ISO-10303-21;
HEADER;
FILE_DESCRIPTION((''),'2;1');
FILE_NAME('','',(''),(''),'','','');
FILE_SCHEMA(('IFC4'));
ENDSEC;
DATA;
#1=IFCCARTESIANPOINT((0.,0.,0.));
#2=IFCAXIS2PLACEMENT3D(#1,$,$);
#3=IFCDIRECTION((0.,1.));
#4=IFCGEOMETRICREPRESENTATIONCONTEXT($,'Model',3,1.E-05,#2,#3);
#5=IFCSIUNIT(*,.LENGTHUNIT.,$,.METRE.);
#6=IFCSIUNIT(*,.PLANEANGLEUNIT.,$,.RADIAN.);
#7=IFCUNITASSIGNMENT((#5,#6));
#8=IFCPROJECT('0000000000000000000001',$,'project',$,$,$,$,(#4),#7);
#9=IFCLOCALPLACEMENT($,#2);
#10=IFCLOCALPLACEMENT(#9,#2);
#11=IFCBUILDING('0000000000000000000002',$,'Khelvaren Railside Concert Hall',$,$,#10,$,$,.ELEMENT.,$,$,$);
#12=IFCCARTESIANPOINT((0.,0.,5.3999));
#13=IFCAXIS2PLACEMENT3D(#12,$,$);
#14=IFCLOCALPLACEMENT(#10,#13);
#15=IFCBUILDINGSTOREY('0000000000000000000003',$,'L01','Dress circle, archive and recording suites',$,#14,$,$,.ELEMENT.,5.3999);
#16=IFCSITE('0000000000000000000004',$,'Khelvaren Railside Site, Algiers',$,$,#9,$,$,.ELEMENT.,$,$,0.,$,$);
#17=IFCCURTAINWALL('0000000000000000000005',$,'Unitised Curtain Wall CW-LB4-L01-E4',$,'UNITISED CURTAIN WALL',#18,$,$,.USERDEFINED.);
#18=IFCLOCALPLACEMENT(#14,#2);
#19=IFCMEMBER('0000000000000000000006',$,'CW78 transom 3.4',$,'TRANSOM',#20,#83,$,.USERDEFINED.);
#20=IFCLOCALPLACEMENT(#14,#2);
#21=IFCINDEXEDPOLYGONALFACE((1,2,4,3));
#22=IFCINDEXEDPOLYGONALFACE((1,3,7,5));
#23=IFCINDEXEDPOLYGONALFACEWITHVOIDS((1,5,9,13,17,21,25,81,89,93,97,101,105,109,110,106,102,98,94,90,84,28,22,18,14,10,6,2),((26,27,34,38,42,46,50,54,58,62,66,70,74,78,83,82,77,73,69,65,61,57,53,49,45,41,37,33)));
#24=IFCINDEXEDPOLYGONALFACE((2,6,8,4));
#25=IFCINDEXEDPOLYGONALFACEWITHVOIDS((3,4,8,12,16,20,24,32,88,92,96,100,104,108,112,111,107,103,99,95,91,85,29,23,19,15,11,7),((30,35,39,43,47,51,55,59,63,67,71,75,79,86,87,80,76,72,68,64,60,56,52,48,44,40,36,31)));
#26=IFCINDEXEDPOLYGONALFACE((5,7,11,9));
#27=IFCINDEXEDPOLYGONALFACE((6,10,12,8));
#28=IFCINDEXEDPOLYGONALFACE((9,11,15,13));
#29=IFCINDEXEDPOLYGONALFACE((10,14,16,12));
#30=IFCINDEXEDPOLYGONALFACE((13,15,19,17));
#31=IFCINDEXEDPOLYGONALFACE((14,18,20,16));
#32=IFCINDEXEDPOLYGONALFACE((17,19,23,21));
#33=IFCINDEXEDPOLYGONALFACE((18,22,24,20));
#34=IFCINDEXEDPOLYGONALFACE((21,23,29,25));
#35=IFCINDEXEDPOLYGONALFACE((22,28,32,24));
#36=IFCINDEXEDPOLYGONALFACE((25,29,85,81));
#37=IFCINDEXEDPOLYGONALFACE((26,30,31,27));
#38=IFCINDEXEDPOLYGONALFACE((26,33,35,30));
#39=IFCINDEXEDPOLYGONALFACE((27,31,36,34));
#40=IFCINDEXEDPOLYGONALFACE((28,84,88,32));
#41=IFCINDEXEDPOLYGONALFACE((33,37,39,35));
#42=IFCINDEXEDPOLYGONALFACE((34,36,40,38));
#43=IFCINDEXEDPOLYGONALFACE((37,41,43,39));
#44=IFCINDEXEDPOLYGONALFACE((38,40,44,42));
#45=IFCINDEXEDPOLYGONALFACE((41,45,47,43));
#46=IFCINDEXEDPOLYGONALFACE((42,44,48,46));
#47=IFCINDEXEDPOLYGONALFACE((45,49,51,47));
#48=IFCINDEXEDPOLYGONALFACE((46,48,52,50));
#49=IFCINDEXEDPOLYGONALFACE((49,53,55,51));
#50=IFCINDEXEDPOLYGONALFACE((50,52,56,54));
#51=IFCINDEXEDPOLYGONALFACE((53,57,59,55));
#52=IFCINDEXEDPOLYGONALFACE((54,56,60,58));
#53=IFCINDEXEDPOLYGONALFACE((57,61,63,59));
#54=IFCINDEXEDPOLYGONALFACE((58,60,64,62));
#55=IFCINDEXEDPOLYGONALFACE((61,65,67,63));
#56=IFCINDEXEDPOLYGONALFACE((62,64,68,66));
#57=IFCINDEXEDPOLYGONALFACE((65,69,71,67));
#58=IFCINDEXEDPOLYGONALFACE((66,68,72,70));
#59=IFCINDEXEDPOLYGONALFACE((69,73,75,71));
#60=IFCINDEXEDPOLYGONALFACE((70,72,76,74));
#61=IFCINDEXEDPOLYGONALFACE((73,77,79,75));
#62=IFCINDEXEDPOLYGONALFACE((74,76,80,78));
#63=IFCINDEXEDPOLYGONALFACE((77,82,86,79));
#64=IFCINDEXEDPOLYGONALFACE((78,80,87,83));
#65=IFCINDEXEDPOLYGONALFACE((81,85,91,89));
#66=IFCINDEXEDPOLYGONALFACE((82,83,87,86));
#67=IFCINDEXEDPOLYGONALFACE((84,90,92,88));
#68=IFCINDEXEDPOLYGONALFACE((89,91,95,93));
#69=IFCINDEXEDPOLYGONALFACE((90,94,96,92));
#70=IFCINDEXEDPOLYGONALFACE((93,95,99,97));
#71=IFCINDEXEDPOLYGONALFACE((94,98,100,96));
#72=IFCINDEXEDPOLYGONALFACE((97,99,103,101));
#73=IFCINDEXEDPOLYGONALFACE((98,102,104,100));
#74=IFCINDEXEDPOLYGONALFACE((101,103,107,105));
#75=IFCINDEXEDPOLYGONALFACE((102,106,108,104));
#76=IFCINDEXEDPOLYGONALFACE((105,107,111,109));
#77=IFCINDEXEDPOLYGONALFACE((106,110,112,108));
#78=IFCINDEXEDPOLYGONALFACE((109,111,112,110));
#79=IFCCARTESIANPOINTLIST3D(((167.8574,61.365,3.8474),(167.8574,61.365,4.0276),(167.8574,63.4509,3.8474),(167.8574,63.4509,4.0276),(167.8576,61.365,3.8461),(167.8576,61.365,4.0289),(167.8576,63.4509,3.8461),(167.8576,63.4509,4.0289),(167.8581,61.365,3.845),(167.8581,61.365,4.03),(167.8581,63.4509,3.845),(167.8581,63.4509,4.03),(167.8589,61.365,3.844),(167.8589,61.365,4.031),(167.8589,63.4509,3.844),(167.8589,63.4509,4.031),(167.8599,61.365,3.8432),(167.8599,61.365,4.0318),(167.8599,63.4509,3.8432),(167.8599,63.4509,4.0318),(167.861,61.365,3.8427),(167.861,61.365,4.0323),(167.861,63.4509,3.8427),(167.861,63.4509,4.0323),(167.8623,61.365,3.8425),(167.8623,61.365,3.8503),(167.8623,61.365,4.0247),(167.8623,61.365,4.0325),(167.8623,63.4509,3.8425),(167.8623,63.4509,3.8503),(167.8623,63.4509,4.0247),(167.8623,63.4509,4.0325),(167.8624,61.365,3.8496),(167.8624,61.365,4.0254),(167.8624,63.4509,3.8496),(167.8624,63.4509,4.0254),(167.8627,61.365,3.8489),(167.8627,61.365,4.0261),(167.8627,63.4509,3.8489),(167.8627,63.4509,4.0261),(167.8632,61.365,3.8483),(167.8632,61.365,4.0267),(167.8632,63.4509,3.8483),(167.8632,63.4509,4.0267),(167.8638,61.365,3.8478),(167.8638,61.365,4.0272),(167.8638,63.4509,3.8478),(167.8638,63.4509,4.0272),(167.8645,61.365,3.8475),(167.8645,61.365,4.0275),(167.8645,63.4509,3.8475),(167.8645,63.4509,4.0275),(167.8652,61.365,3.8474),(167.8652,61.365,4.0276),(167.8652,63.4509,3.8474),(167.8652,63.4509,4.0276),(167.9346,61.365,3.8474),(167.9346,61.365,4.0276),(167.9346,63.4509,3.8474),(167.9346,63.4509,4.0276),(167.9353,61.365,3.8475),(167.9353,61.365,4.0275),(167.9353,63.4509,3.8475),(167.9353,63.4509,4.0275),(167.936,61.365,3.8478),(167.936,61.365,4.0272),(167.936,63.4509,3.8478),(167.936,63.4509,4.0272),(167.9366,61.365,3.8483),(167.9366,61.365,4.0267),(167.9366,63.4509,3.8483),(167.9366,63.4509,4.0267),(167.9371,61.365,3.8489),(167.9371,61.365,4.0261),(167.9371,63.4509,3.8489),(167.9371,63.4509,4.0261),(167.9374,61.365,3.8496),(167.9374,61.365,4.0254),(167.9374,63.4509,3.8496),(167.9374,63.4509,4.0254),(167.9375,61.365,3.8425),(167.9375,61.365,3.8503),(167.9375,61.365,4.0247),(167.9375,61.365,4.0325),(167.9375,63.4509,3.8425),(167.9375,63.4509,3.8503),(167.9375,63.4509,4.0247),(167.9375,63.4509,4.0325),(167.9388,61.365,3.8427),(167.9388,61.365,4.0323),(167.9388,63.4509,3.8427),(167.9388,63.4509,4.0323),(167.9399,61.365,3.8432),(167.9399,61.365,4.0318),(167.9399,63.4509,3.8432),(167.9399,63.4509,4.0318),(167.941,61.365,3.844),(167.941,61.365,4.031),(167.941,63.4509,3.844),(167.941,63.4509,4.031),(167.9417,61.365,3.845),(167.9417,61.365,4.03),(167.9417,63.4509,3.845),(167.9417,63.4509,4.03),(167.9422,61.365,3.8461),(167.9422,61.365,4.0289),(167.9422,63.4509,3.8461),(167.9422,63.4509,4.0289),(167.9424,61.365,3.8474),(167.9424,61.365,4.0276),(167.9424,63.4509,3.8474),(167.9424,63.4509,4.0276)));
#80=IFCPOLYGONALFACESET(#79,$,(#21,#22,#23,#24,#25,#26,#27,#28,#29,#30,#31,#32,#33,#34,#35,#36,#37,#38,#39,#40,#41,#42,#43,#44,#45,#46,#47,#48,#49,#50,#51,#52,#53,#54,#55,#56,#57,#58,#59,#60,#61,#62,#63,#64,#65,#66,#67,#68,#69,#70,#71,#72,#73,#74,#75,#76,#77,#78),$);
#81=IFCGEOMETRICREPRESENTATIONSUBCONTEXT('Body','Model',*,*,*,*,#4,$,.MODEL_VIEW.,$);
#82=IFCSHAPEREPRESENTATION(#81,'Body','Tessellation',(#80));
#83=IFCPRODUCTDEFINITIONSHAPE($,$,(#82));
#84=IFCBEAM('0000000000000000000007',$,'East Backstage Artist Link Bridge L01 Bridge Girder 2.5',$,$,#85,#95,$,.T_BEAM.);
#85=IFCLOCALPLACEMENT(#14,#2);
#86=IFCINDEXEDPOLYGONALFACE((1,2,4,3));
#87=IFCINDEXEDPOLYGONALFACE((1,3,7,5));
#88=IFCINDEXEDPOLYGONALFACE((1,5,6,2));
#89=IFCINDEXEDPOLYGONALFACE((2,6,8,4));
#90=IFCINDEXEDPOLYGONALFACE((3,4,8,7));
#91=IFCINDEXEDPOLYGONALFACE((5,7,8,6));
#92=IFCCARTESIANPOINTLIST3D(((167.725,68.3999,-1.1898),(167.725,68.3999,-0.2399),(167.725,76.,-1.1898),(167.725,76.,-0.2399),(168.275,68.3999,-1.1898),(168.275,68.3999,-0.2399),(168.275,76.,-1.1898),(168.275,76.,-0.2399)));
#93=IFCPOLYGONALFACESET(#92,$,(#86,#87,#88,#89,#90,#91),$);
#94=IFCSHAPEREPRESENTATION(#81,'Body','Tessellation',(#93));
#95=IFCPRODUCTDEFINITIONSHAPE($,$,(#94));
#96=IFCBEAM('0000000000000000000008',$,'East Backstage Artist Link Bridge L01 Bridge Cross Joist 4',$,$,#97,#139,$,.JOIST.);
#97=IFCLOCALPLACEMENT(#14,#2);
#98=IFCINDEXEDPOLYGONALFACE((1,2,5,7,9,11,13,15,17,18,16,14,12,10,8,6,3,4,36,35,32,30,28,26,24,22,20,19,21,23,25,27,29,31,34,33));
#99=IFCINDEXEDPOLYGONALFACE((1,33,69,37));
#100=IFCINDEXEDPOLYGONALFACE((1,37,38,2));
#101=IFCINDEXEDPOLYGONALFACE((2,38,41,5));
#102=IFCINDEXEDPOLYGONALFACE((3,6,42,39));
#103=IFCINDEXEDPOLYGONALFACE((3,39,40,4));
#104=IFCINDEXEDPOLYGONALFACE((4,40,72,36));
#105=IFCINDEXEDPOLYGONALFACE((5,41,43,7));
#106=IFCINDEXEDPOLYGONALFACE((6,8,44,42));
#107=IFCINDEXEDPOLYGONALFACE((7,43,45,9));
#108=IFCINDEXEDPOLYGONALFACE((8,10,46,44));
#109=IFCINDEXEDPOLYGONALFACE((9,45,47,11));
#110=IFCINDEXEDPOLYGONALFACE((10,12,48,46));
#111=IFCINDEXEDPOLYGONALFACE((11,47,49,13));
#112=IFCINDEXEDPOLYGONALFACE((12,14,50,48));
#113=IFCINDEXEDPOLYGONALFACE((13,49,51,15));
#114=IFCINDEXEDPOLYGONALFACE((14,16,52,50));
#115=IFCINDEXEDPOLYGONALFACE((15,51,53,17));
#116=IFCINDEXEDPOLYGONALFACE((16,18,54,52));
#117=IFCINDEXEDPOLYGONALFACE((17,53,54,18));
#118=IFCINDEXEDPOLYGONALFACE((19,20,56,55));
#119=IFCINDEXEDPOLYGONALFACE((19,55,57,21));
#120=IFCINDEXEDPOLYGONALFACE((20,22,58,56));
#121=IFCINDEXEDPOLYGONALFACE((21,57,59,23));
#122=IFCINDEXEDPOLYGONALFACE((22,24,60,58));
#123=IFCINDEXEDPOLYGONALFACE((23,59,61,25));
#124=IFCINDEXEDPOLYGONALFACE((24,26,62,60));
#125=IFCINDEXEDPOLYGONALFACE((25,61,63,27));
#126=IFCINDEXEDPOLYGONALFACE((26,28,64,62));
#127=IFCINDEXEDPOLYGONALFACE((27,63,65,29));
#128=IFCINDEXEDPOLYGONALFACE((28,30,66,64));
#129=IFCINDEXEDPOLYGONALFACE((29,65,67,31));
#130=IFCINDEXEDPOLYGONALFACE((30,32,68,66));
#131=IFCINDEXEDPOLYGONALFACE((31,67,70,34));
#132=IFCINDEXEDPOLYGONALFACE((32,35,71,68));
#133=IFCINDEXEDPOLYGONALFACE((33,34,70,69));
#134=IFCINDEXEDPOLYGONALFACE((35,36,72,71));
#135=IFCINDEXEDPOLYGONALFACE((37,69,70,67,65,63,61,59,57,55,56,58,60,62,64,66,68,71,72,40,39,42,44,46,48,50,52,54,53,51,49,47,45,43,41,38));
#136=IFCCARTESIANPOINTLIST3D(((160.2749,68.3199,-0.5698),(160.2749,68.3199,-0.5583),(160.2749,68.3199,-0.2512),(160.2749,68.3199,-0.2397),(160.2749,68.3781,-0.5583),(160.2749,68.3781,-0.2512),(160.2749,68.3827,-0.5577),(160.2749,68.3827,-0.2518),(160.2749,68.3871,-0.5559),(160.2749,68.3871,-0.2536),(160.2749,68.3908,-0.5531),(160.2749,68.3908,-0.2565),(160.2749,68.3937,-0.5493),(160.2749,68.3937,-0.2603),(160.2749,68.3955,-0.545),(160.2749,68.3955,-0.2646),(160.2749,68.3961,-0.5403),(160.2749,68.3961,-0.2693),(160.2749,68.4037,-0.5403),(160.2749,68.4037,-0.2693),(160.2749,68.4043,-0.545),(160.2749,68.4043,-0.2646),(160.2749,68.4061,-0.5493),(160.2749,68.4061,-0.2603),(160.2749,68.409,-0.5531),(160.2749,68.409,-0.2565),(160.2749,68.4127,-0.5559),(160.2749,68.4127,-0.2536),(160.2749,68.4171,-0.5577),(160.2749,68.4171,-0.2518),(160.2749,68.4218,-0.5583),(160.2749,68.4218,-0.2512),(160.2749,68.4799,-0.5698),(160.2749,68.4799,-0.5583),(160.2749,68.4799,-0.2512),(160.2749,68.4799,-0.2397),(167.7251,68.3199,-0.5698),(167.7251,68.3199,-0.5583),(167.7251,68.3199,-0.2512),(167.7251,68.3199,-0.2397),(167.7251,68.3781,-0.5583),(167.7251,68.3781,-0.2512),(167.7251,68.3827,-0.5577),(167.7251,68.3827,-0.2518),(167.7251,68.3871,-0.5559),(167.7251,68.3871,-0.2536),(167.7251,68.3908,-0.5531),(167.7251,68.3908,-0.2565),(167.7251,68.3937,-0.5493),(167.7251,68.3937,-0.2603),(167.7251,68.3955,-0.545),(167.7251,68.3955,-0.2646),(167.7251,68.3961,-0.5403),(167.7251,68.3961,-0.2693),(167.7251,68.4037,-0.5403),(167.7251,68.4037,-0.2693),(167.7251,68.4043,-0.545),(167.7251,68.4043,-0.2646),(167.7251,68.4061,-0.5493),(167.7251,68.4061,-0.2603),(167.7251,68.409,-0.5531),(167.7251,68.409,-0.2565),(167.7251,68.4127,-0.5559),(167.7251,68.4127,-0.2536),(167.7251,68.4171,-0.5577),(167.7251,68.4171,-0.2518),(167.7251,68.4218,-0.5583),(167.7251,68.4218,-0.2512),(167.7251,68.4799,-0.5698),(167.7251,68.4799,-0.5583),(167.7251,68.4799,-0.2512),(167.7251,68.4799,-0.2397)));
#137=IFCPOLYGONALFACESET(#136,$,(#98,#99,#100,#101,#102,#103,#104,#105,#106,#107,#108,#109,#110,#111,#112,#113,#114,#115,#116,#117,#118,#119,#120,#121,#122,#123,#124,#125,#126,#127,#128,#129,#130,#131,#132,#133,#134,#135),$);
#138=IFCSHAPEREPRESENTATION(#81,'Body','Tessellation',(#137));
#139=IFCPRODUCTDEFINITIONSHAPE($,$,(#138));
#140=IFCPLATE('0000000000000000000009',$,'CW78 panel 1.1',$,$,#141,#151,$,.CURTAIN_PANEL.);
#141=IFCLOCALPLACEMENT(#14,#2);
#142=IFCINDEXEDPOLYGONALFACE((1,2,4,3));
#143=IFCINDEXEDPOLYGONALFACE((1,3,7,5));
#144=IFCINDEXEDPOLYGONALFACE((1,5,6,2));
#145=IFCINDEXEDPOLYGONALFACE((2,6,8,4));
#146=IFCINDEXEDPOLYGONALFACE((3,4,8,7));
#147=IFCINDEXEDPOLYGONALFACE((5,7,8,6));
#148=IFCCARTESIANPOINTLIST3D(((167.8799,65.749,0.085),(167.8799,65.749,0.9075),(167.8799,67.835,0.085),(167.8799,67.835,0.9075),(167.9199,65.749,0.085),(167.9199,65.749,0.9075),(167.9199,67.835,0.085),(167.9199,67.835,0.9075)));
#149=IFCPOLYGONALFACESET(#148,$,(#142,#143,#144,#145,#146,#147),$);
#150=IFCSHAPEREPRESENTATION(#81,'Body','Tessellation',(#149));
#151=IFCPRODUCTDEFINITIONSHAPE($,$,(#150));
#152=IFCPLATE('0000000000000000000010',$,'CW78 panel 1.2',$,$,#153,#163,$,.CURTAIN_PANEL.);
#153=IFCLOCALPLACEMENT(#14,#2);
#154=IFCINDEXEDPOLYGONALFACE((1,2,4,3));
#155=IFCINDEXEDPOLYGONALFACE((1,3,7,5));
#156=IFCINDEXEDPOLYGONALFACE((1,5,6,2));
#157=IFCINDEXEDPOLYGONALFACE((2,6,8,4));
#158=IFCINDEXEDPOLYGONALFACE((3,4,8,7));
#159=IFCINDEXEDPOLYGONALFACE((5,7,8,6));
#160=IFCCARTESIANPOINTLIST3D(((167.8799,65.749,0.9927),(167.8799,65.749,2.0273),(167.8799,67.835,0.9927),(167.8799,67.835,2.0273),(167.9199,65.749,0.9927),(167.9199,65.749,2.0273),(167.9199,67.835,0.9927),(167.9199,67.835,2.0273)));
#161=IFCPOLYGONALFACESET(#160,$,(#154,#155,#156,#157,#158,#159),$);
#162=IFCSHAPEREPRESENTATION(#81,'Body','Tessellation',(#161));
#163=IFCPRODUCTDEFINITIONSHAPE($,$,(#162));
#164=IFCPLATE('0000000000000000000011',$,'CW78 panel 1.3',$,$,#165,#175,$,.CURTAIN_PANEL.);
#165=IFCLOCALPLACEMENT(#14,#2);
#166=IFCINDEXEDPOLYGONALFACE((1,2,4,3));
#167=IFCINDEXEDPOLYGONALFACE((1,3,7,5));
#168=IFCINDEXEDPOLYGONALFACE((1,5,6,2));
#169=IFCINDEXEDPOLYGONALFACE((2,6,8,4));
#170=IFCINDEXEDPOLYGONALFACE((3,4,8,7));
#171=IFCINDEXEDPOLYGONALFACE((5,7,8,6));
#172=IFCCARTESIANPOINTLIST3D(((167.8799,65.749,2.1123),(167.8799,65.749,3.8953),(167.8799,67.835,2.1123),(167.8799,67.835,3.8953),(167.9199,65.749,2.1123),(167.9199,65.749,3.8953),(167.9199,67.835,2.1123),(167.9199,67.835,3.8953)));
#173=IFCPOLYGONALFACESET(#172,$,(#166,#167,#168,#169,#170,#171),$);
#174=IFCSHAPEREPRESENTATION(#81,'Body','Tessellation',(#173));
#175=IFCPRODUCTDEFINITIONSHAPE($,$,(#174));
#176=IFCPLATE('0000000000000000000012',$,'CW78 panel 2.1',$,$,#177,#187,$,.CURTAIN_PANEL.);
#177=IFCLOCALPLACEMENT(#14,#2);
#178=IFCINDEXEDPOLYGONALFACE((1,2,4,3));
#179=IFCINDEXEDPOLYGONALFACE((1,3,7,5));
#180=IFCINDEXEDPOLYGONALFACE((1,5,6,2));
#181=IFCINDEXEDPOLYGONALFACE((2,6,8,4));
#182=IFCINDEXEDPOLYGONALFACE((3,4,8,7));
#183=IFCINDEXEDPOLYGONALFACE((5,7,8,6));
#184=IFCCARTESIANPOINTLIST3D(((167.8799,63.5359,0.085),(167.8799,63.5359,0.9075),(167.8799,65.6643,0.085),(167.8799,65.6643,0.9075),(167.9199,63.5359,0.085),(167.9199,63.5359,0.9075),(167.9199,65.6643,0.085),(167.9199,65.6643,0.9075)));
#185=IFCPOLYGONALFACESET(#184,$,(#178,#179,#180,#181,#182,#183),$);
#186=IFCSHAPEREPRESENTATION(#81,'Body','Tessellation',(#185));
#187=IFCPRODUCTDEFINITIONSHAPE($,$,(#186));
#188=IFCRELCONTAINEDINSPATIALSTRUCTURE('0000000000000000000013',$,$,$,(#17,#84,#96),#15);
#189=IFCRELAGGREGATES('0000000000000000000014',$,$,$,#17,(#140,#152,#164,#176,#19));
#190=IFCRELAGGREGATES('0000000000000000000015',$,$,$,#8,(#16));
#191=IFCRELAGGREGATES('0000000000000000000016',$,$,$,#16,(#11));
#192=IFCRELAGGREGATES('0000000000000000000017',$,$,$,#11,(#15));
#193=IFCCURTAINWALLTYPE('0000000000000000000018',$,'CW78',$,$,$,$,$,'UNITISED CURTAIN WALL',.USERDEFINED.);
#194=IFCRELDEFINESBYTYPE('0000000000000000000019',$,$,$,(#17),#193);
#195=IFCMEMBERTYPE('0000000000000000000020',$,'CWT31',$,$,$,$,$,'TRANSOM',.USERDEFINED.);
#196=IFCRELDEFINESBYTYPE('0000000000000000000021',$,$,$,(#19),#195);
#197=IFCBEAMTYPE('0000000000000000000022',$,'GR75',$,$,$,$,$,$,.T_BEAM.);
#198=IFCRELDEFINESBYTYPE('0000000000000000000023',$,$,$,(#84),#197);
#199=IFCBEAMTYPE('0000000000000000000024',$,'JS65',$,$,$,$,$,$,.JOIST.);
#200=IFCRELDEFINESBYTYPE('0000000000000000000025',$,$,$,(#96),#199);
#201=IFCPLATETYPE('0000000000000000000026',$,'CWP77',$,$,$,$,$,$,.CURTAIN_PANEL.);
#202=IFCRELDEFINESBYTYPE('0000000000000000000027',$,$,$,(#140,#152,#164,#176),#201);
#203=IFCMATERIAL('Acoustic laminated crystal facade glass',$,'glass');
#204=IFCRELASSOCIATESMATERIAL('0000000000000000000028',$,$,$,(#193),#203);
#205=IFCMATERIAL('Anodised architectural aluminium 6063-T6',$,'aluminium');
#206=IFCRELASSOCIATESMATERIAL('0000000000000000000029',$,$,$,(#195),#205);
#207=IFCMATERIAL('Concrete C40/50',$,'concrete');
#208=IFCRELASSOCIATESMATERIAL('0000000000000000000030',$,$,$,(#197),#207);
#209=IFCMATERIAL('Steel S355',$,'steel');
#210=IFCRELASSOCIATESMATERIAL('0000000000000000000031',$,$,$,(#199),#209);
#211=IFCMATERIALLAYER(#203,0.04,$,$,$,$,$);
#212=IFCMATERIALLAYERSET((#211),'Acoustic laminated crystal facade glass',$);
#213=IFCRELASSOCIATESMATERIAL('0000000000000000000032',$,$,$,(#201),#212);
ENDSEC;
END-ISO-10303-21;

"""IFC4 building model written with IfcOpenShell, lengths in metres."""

from ifc_helpers import new_model, si_unit, direction, frame, origin, origin_2d, place, context, subcontext, project, spatial, rectangle, hollow_rectangle, i_section, extrude, material, layer, layer_set, material_profile, profile_set, type_object, element, aggregate, save


model = new_model("IFC4")

# Units and contexts
model_context = context("Model", 3, precision=1e-05, world=origin(), true_north=direction((0.0, 1.0)))
body_context = subcontext(model_context, "Body", "Model", "MODEL_VIEW")
ifc_project = project(units=[si_unit("LENGTHUNIT", "METRE"), si_unit("PLANEANGLEUNIT", "RADIAN")], contexts=[model_context])

# Site, building, storey
site_placement = place(None, origin())
site = spatial("IfcSite", under=ifc_project, at=site_placement, Name="Khelvaren Railside Site, Algiers", CompositionType="ELEMENT", RefElevation=0.0)
building_placement = place(site_placement, origin())
building = spatial("IfcBuilding", under=site, at=building_placement, Name="Khelvaren Railside Concert Hall", CompositionType="ELEMENT")
storey_placement = place(building_placement, frame((0.0, 0.0, 5.3999)))
storey = spatial("IfcBuildingStorey", under=building, at=storey_placement, Name="L01", Description="Dress circle, archive and recording suites", CompositionType="ELEMENT", Elevation=5.3999)

# Shared definitions
ifc_material_1 = material(Name="Steel S355", Category="steel")

# Curtain wall
ifc_material_2 = material(Name="Acoustic laminated crystal facade glass", Category="glass")
curtain_wall_type = type_object("IfcCurtainWallType", Name="CW78", ElementType="UNITISED CURTAIN WALL", PredefinedType="USERDEFINED", material=ifc_material_2)
curtain_wall_1_placement = place(storey_placement, origin())
curtain_wall_1 = element("IfcCurtainWall", 1, at=curtain_wall_1_placement, inside=storey, type_object=curtain_wall_type, Name="Unitised Curtain Wall CW-LB4-L01-E4", ObjectType="UNITISED CURTAIN WALL", PredefinedType="USERDEFINED")
ifc_material_3 = material(Name="Anodised architectural aluminium 6063-T6", Category="aluminium")

# Member
ifc_material_profile_1 = material_profile(ifc_material_3, hollow_rectangle(XDim=0.085, YDim=0.1899, WallThickness=0.0049, InnerFilletRadius=0.0029, OuterFilletRadius=0.0049, at=origin_2d()), Name="CWT 85x190x5")
ifc_profile_set_1 = profile_set([ifc_material_profile_1], Name="Anodised architectural aluminium 6063-T6")
member_type_1 = type_object("IfcMemberType", Name="CWT31", ElementType="TRANSOM", PredefinedType="USERDEFINED", material=ifc_profile_set_1)
member_1_placement = place(storey_placement, frame((167.8999, 63.4509, 3.9375), z_axis=(0.0, -1.0, 0.0), x_axis=(1.0, 0.0, 0.0)))
member_1 = element("IfcMember", 2, at=member_1_placement, type_object=member_type_1, Name="CW78 transom 3.4", ObjectType="TRANSOM", PredefinedType="USERDEFINED", context=body_context, shape_type="SweptSolid", body=[
    extrude(hollow_rectangle(XDim=0.085, YDim=0.1899, WallThickness=0.0049, InnerFilletRadius=0.0029, OuterFilletRadius=0.0049, at=origin_2d()), origin(), (0.0, 0.0, 1.0), 2.0859),
])

# Beams
ifc_material_4 = material(Name="Concrete C40/50", Category="concrete")
ifc_material_profile_2 = material_profile(ifc_material_4, rectangle(XDim=0.55, YDim=0.95, at=origin_2d()), Name="RCB 550x950")
ifc_profile_set_2 = profile_set([ifc_material_profile_2], Name="Concrete C40/50")
beam_type_1 = type_object("IfcBeamType", Name="GR75", PredefinedType="T_BEAM", material=ifc_profile_set_2)
beam_1_placement = place(storey_placement, frame((168.0, 68.3999, -0.7148), z_axis=(0.0, 1.0, 0.0), x_axis=(-1.0, 0.0, 0.0)))
element("IfcBeam", 3, at=beam_1_placement, inside=storey, type_object=beam_type_1, Name="East Backstage Artist Link Bridge L01 Bridge Girder 2.5", PredefinedType="T_BEAM", context=body_context, shape_type="SweptSolid", body=[
    extrude(rectangle(XDim=0.55, YDim=0.95, at=origin_2d()), origin(), (0.0, 0.0, 1.0), 7.6001),
])
ifc_material_profile_3 = material_profile(ifc_material_1, i_section(OverallWidth=0.1599, OverallDepth=0.3301, WebThickness=0.0076, FlangeThickness=0.0115, FilletRadius=0.0181, at=origin_2d()), Name="IPE 330")
ifc_profile_set_3 = profile_set([ifc_material_profile_3], Name="Steel S355")
beam_type_2 = type_object("IfcBeamType", Name="JS65", PredefinedType="JOIST", material=ifc_profile_set_3)
beam_2_placement = place(storey_placement, frame((160.2749, 68.3999, -0.4048), z_axis=(1.0, 0.0, 0.0), x_axis=(0.0, 1.0, 0.0)))
element("IfcBeam", 4, at=beam_2_placement, inside=storey, type_object=beam_type_2, Name="East Backstage Artist Link Bridge L01 Bridge Cross Joist 4", PredefinedType="JOIST", context=body_context, shape_type="SweptSolid", body=[
    extrude(i_section(OverallWidth=0.1599, OverallDepth=0.3301, WebThickness=0.0076, FlangeThickness=0.0115, FilletRadius=0.0181, at=origin_2d()), origin(), (0.0, 0.0, 1.0), 7.4502),
])

# Plates
ifc_layer = layer(ifc_material_2, 0.04)
ifc_layer_set = layer_set([ifc_layer], Name="Acoustic laminated crystal facade glass")
plate_type = type_object("IfcPlateType", Name="CWP77", PredefinedType="CURTAIN_PANEL", material=ifc_layer_set)
plate_1_placement = place(storey_placement, frame((167.8999, 66.792, 0.085), z_axis=(0.0, 0.0, 1.0), x_axis=(0.0, -1.0, 0.0)))
plate_1 = element("IfcPlate", 5, at=plate_1_placement, type_object=plate_type, Name="CW78 panel 1.1", PredefinedType="CURTAIN_PANEL", context=body_context, shape_type="SweptSolid", body=[
    extrude(rectangle(XDim=2.0859, YDim=0.04, at=origin_2d()), origin(), (0.0, 0.0, 1.0), 0.8225),
])
plate_2_placement = place(storey_placement, frame((167.8999, 66.792, 0.9927), z_axis=(0.0, 0.0, 1.0), x_axis=(0.0, -1.0, 0.0)))
plate_2 = element("IfcPlate", 6, at=plate_2_placement, type_object=plate_type, Name="CW78 panel 1.2", PredefinedType="CURTAIN_PANEL", context=body_context, shape_type="SweptSolid", body=[
    extrude(rectangle(XDim=2.0859, YDim=0.04, at=origin_2d()), origin(), (0.0, 0.0, 1.0), 1.0347),
])
plate_3_placement = place(storey_placement, frame((167.8999, 66.792, 2.1123), z_axis=(0.0, 0.0, 1.0), x_axis=(0.0, -1.0, 0.0)))
plate_3 = element("IfcPlate", 7, at=plate_3_placement, type_object=plate_type, Name="CW78 panel 1.3", PredefinedType="CURTAIN_PANEL", context=body_context, shape_type="SweptSolid", body=[
    extrude(rectangle(XDim=2.0859, YDim=0.04, at=origin_2d()), origin(), (0.0, 0.0, 1.0), 1.783),
])
plate_4_placement = place(storey_placement, frame((167.8999, 64.6001, 0.085), z_axis=(0.0, 0.0, 1.0), x_axis=(0.0, -1.0, 0.0)))
plate_4 = element("IfcPlate", 8, at=plate_4_placement, type_object=plate_type, Name="CW78 panel 2.1", PredefinedType="CURTAIN_PANEL", context=body_context, shape_type="SweptSolid", body=[
    extrude(rectangle(XDim=2.1284, YDim=0.04, at=origin_2d()), origin(), (0.0, 0.0, 1.0), 0.8225),
])
aggregate(curtain_wall_1, [plate_1, plate_2, plate_3, plate_4, member_1])

save(model, "model.ifc")
